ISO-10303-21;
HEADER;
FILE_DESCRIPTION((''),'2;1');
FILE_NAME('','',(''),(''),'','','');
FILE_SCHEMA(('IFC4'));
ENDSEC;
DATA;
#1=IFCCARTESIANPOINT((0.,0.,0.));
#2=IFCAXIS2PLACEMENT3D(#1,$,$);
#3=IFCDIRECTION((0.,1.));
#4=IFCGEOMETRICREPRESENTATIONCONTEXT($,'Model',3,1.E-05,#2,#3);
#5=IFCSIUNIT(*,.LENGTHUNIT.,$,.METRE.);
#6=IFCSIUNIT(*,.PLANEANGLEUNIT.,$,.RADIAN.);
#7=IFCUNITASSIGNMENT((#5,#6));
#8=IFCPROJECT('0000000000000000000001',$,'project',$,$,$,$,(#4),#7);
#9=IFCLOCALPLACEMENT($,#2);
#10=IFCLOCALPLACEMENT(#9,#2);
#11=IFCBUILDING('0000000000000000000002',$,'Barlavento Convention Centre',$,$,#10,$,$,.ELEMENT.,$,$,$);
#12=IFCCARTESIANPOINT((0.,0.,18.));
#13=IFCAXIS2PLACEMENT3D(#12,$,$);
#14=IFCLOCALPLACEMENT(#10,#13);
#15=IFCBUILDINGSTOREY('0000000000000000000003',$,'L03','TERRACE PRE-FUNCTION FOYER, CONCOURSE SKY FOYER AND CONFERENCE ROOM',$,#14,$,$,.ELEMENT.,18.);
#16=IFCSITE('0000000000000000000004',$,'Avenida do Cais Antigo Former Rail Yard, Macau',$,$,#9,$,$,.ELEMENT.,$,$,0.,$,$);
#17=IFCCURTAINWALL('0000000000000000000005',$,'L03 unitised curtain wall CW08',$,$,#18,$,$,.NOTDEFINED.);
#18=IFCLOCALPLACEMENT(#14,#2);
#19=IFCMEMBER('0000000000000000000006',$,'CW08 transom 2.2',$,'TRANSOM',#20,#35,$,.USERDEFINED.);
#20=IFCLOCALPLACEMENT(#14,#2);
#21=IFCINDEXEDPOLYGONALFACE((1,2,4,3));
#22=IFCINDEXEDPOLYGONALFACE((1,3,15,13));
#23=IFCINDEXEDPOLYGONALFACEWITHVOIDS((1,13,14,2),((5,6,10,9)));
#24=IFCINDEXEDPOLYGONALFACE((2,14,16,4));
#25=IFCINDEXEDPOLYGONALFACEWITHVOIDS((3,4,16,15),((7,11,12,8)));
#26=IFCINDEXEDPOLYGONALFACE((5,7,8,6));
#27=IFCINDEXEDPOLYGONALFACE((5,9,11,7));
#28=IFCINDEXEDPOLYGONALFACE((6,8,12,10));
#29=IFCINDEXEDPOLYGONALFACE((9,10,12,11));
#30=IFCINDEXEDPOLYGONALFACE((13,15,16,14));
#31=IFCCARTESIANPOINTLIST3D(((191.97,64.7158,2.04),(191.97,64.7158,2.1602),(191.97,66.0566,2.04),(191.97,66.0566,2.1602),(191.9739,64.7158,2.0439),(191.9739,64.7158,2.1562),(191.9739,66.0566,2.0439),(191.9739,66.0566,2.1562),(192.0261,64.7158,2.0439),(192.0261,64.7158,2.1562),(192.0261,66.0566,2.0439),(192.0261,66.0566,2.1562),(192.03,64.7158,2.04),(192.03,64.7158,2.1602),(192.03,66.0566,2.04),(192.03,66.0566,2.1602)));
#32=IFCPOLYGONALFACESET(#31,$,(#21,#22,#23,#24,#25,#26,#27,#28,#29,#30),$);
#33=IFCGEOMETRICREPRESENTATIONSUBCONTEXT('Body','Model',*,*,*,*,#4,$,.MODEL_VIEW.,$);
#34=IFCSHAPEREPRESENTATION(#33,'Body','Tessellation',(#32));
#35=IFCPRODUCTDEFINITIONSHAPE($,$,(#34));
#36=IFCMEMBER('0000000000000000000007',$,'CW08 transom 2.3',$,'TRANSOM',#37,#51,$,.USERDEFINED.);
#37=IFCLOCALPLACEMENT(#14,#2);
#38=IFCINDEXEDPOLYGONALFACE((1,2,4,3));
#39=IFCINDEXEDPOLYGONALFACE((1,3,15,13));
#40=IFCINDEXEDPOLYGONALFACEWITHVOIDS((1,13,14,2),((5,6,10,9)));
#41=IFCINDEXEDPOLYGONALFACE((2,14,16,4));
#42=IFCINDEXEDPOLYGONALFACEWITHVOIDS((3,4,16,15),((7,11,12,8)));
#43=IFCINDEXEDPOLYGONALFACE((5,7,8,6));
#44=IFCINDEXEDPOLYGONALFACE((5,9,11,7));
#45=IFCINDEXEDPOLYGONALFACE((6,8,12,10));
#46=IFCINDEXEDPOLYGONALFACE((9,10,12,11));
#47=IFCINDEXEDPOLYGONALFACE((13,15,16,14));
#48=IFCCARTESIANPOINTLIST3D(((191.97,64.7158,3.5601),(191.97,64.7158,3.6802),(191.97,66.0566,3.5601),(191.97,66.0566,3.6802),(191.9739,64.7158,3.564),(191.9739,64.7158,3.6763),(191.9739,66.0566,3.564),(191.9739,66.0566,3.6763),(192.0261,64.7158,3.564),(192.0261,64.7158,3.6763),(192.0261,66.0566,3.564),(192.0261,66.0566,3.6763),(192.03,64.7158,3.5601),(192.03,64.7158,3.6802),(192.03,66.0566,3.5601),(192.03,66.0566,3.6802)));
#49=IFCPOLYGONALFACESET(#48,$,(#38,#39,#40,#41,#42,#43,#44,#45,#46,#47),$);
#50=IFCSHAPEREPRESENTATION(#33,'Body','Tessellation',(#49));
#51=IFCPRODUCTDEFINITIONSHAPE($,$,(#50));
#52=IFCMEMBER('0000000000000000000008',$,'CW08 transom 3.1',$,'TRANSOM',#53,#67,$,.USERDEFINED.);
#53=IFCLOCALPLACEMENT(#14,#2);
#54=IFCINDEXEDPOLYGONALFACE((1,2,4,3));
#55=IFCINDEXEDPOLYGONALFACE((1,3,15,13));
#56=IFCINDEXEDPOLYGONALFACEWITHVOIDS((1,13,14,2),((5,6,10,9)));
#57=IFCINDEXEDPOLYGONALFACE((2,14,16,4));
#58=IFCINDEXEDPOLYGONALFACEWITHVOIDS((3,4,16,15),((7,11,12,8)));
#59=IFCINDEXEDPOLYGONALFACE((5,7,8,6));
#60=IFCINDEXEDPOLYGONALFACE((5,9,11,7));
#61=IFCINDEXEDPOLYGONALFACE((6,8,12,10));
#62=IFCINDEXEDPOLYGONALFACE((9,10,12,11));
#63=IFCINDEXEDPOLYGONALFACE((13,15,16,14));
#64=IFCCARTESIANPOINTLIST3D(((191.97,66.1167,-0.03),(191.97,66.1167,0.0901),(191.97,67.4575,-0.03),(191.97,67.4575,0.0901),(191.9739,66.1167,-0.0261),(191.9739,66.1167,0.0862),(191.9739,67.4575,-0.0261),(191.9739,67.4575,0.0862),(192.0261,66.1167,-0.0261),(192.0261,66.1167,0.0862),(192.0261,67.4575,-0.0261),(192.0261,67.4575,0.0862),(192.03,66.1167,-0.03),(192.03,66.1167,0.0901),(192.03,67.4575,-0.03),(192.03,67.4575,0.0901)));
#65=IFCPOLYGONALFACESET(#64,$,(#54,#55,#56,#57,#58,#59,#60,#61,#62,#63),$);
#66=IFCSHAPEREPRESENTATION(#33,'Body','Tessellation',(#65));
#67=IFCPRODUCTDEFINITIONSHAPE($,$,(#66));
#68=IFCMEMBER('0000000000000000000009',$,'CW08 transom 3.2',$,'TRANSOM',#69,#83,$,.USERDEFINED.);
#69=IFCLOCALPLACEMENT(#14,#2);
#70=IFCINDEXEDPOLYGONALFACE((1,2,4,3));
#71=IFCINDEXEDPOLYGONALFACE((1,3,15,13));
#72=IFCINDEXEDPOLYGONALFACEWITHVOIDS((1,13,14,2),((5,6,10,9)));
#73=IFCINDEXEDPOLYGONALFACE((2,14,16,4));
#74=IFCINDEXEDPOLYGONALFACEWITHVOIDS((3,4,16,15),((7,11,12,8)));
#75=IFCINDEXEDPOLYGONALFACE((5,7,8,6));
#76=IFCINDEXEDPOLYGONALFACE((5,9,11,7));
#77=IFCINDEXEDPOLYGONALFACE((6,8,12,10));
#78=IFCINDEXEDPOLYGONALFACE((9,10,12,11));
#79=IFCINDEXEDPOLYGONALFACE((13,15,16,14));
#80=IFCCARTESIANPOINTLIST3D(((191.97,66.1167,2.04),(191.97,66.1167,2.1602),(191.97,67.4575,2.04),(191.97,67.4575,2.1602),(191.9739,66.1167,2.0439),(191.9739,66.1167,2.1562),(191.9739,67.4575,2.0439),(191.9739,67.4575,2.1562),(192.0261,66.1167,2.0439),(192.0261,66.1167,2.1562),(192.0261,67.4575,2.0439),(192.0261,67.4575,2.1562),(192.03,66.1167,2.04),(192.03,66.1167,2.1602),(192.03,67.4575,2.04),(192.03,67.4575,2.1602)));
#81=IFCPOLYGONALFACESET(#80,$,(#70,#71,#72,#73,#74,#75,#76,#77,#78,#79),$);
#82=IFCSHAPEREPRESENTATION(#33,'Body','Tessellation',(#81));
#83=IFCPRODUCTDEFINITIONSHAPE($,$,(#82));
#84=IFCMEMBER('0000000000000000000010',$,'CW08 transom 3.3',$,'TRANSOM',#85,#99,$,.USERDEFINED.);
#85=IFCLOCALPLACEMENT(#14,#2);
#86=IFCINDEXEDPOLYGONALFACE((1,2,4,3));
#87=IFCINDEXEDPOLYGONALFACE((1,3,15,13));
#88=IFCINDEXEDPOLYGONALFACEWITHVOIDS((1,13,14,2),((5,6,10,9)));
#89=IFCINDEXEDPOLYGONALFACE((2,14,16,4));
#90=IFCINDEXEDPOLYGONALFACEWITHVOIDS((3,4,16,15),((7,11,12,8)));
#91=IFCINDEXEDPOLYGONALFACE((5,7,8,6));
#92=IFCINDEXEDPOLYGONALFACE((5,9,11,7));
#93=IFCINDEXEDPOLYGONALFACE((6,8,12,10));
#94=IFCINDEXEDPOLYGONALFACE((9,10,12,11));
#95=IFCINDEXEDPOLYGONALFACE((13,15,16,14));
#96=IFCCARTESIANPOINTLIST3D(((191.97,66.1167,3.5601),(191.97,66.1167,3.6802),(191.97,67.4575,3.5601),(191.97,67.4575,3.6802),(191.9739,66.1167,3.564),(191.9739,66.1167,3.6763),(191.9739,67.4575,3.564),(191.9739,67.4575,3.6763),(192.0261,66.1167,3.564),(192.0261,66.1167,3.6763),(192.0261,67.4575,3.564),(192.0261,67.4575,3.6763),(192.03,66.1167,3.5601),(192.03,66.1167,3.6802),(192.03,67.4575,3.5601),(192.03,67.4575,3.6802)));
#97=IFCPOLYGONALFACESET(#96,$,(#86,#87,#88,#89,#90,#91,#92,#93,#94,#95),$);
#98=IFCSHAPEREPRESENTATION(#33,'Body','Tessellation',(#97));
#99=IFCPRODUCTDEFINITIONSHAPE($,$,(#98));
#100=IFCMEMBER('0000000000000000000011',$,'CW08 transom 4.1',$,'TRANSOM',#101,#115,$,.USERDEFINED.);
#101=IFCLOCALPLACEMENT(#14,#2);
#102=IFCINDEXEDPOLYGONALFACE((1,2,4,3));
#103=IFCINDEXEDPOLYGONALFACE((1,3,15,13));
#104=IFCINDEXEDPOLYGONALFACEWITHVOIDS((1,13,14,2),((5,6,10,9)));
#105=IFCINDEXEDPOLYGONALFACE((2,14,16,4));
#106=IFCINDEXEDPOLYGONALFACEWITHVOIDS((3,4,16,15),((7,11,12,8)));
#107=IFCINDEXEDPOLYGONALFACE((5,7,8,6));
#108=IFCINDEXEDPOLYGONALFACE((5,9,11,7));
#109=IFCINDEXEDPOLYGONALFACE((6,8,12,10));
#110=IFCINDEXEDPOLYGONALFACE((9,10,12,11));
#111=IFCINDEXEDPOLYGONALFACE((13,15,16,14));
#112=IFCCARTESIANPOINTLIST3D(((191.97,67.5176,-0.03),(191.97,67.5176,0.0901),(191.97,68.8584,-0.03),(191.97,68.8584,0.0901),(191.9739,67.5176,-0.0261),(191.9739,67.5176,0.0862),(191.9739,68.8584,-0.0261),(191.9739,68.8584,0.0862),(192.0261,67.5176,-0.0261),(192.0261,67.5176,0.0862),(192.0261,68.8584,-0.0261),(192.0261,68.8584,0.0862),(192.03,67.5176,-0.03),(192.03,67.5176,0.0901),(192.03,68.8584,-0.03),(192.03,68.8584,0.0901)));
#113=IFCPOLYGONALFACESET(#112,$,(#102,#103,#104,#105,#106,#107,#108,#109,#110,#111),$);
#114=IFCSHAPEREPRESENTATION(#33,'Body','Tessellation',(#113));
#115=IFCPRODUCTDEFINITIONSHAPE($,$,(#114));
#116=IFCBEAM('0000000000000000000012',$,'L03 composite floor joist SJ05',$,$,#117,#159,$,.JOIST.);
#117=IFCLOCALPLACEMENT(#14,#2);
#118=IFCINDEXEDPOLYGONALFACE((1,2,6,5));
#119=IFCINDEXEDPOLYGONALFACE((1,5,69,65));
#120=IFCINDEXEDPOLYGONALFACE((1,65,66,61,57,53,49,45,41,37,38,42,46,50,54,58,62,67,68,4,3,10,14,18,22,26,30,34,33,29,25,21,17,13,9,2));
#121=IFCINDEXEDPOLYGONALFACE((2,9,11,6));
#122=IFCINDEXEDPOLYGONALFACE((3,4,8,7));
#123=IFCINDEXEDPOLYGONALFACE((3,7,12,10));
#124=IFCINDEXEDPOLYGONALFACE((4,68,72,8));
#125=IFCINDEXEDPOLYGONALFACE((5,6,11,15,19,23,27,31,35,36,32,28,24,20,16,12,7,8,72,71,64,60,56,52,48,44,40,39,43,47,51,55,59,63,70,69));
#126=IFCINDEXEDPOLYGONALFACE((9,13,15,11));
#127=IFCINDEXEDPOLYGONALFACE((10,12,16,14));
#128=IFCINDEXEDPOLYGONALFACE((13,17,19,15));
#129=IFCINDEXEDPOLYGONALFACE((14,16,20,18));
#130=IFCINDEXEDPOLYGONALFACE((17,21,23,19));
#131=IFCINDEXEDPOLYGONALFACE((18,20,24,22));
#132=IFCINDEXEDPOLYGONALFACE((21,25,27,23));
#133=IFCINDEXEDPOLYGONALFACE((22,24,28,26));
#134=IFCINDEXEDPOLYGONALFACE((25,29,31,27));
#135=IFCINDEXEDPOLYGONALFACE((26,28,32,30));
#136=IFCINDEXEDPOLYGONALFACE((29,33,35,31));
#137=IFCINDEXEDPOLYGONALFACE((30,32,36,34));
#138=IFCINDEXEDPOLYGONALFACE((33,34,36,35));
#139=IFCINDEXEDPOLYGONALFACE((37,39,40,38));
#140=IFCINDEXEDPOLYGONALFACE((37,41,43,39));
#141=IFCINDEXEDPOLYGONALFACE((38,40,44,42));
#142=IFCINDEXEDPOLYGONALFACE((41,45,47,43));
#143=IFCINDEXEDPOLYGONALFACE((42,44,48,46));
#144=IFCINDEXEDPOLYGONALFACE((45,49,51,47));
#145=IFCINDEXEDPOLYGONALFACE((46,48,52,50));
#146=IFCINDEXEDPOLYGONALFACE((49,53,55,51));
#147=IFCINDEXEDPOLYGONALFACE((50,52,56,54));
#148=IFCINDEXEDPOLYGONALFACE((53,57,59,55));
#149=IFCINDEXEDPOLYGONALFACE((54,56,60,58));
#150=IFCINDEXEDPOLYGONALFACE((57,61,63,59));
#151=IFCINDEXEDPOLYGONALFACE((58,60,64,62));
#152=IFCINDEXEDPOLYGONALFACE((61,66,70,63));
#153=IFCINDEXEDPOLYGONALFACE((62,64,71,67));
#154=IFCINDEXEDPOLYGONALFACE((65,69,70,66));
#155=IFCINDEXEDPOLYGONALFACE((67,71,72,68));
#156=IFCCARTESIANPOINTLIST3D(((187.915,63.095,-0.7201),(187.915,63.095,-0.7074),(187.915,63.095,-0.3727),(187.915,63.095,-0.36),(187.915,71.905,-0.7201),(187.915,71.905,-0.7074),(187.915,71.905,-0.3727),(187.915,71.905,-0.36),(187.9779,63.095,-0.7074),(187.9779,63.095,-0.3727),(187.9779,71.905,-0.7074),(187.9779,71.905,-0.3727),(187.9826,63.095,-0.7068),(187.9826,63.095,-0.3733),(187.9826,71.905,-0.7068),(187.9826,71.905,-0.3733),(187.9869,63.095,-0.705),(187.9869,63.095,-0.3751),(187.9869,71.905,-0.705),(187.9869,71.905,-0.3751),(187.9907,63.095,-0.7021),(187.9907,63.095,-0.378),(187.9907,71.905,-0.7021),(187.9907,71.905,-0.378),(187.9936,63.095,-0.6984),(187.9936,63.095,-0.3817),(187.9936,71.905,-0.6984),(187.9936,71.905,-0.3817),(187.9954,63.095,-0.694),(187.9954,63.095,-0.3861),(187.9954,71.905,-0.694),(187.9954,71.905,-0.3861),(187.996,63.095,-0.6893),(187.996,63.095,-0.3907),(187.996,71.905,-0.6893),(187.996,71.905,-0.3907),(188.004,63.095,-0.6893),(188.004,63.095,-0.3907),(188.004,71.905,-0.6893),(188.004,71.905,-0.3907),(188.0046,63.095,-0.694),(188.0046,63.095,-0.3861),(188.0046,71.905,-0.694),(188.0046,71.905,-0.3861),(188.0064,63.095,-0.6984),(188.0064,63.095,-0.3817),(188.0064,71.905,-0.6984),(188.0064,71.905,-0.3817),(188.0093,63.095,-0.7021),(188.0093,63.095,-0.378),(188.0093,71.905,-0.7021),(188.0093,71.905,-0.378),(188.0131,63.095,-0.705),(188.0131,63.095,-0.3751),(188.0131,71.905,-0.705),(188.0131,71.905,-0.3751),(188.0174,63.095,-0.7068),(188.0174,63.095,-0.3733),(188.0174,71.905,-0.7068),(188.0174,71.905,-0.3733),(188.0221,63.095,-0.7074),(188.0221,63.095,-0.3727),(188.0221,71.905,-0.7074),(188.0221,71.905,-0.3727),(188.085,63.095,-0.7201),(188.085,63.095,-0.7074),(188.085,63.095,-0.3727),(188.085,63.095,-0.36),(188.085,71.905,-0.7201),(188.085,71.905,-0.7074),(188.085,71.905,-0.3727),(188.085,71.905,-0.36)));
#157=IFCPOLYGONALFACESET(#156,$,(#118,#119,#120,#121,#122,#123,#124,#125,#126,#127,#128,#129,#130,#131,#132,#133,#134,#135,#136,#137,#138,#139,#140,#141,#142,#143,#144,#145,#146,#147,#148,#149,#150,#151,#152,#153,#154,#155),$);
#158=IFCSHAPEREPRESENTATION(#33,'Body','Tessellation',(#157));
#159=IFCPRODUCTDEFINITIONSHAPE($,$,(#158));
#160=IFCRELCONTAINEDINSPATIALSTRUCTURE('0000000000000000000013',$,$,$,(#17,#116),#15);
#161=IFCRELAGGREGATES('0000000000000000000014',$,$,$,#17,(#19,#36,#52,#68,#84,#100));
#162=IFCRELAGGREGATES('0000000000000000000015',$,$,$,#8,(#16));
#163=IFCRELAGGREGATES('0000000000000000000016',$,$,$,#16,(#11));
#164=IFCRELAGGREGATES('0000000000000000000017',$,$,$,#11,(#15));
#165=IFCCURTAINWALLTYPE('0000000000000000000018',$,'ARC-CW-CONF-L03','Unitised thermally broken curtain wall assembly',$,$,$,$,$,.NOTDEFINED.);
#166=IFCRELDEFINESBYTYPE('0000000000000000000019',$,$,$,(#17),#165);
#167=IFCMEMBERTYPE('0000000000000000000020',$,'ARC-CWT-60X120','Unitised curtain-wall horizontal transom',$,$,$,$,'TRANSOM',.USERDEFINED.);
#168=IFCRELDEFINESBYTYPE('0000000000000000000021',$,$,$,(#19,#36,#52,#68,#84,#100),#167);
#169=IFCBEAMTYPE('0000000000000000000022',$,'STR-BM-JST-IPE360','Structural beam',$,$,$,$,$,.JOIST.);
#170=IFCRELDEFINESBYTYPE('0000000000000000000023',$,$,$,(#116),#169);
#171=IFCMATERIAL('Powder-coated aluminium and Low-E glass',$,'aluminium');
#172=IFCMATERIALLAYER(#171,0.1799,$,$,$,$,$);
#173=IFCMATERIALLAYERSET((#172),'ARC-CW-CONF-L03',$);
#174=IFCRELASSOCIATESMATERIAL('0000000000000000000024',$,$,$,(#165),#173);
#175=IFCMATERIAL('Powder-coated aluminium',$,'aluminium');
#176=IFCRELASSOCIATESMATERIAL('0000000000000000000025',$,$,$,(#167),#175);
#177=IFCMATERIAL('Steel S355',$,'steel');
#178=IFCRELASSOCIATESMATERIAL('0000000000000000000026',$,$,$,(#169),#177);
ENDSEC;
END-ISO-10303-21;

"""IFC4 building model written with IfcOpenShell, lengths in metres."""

from ifc_helpers import new_model, si_unit, direction, frame, origin, origin_2d, place, context, subcontext, project, spatial, hollow_rectangle, i_section, extrude, material, layer, layer_set, material_profile, profile_set, type_object, element, aggregate, save


model = new_model("IFC4")

# Units and contexts
model_context = context("Model", 3, precision=1e-05, world=origin(), true_north=direction((0.0, 1.0)))
body_context = subcontext(model_context, "Body", "Model", "MODEL_VIEW")
ifc_project = project(units=[si_unit("LENGTHUNIT", "METRE"), si_unit("PLANEANGLEUNIT", "RADIAN")], contexts=[model_context])

# Site, building, storey
site_placement = place(None, origin())
site = spatial("IfcSite", under=ifc_project, at=site_placement, Name="Avenida do Cais Antigo Former Rail Yard, Macau", CompositionType="ELEMENT", RefElevation=0.0)
building_placement = place(site_placement, origin())
building = spatial("IfcBuilding", under=site, at=building_placement, Name="Barlavento Convention Centre", CompositionType="ELEMENT")
storey_placement = place(building_placement, frame((0.0, 0.0, 18.0)))
storey = spatial("IfcBuildingStorey", under=building, at=storey_placement, Name="L03", Description="TERRACE PRE-FUNCTION FOYER, CONCOURSE SKY FOYER AND CONFERENCE ROOM", CompositionType="ELEMENT", Elevation=18.0)

# Shared definitions
ifc_material_1 = material(Name="Steel S355", Category="steel")

# Curtain wall, members
ifc_material_2 = material(Name="Powder-coated aluminium and Low-E glass", Category="aluminium")
ifc_layer_1 = layer(ifc_material_2, 0.1799)
ifc_layer_set_1 = layer_set([ifc_layer_1], Name="ARC-CW-CONF-L03")
curtain_wall_type = type_object("IfcCurtainWallType", Name="ARC-CW-CONF-L03", Description="Unitised thermally broken curtain wall assembly", PredefinedType="NOTDEFINED", material=ifc_layer_set_1)
curtain_wall_placement = place(storey_placement, origin())
curtain_wall = element("IfcCurtainWall", 1, at=curtain_wall_placement, inside=storey, type_object=curtain_wall_type, Name="L03 unitised curtain wall CW08", PredefinedType="NOTDEFINED")
ifc_material_3 = material(Name="Powder-coated aluminium", Category="aluminium")
ifc_material_profile_1 = material_profile(ifc_material_3, hollow_rectangle(XDim=0.0601, YDim=0.1201, WallThickness=0.0039, at=origin_2d()), Name="AL-TRAN 60x120x4")
ifc_profile_set_1 = profile_set([ifc_material_profile_1], Name="Powder-coated aluminium")
member_type_1 = type_object("IfcMemberType", Name="ARC-CWT-60X120", Description="Unitised curtain-wall horizontal transom", ElementType="TRANSOM", PredefinedType="USERDEFINED", material=ifc_profile_set_1)
member_1_placement = place(storey_placement, frame((192.0, 64.7158, 2.1001), z_axis=(0.0, 1.0, 0.0), x_axis=(-1.0, 0.0, 0.0)))
member_1 = element("IfcMember", 2, at=member_1_placement, type_object=member_type_1, Name="CW08 transom 2.2", ObjectType="TRANSOM", PredefinedType="USERDEFINED", context=body_context, shape_type="SweptSolid", body=[
    extrude(hollow_rectangle(XDim=0.0601, YDim=0.1201, WallThickness=0.0039, at=origin_2d()), origin(), (0.0, 0.0, 1.0), 1.3408),
])
member_2_placement = place(storey_placement, frame((192.0, 64.7158, 3.6201), z_axis=(0.0, 1.0, 0.0), x_axis=(-1.0, 0.0, 0.0)))
member_2 = element("IfcMember", 3, at=member_2_placement, type_object=member_type_1, Name="CW08 transom 2.3", ObjectType="TRANSOM", PredefinedType="USERDEFINED", context=body_context, shape_type="SweptSolid", body=[
    extrude(hollow_rectangle(XDim=0.0601, YDim=0.1201, WallThickness=0.0039, at=origin_2d()), origin(), (0.0, 0.0, 1.0), 1.3408),
])
member_3_placement = place(storey_placement, frame((192.0, 66.1167, 0.03), z_axis=(0.0, 1.0, 0.0), x_axis=(-1.0, 0.0, 0.0)))
member_3 = element("IfcMember", 4, at=member_3_placement, type_object=member_type_1, Name="CW08 transom 3.1", ObjectType="TRANSOM", PredefinedType="USERDEFINED", context=body_context, shape_type="SweptSolid", body=[
    extrude(hollow_rectangle(XDim=0.0601, YDim=0.1201, WallThickness=0.0039, at=origin_2d()), origin(), (0.0, 0.0, 1.0), 1.3408),
])
member_4_placement = place(storey_placement, frame((192.0, 66.1167, 2.1001), z_axis=(0.0, 1.0, 0.0), x_axis=(-1.0, 0.0, 0.0)))
member_4 = element("IfcMember", 5, at=member_4_placement, type_object=member_type_1, Name="CW08 transom 3.2", ObjectType="TRANSOM", PredefinedType="USERDEFINED", context=body_context, shape_type="SweptSolid", body=[
    extrude(hollow_rectangle(XDim=0.0601, YDim=0.1201, WallThickness=0.0039, at=origin_2d()), origin(), (0.0, 0.0, 1.0), 1.3408),
])
member_5_placement = place(storey_placement, frame((192.0, 66.1167, 3.6201), z_axis=(0.0, 1.0, 0.0), x_axis=(-1.0, 0.0, 0.0)))
member_5 = element("IfcMember", 6, at=member_5_placement, type_object=member_type_1, Name="CW08 transom 3.3", ObjectType="TRANSOM", PredefinedType="USERDEFINED", context=body_context, shape_type="SweptSolid", body=[
    extrude(hollow_rectangle(XDim=0.0601, YDim=0.1201, WallThickness=0.0039, at=origin_2d()), origin(), (0.0, 0.0, 1.0), 1.3408),
])
member_6_placement = place(storey_placement, frame((192.0, 67.5176, 0.03), z_axis=(0.0, 1.0, 0.0), x_axis=(-1.0, 0.0, 0.0)))
member_6 = element("IfcMember", 7, at=member_6_placement, type_object=member_type_1, Name="CW08 transom 4.1", ObjectType="TRANSOM", PredefinedType="USERDEFINED", context=body_context, shape_type="SweptSolid", body=[
    extrude(hollow_rectangle(XDim=0.0601, YDim=0.1201, WallThickness=0.0039, at=origin_2d()), origin(), (0.0, 0.0, 1.0), 1.3408),
])

# Beam
ifc_material_profile_2 = material_profile(ifc_material_1, i_section(OverallWidth=0.1699, OverallDepth=0.3601, WebThickness=0.0081, FlangeThickness=0.0127, FilletRadius=0.0181, at=origin_2d()), Name="IPE 360")
ifc_profile_set_2 = profile_set([ifc_material_profile_2], Name="Steel S355")
beam_type_1 = type_object("IfcBeamType", Name="STR-BM-JST-IPE360", Description="Structural beam", PredefinedType="JOIST", material=ifc_profile_set_2)
beam_1_placement = place(storey_placement, frame((188.0, 63.095, -0.54), z_axis=(0.0, 1.0, 0.0), x_axis=(-1.0, 0.0, 0.0)))
element("IfcBeam", 8, at=beam_1_placement, inside=storey, type_object=beam_type_1, Name="L03 composite floor joist SJ05", PredefinedType="JOIST", context=body_context, shape_type="SweptSolid", body=[
    extrude(i_section(OverallWidth=0.1699, OverallDepth=0.3601, WebThickness=0.0081, FlangeThickness=0.0127, FilletRadius=0.0181, at=origin_2d()), origin(), (0.0, 0.0, 1.0), 8.8101),
])

aggregate(curtain_wall, [member_1, member_2, member_3, member_4, member_5, member_6])

save(model, "model.ifc")
